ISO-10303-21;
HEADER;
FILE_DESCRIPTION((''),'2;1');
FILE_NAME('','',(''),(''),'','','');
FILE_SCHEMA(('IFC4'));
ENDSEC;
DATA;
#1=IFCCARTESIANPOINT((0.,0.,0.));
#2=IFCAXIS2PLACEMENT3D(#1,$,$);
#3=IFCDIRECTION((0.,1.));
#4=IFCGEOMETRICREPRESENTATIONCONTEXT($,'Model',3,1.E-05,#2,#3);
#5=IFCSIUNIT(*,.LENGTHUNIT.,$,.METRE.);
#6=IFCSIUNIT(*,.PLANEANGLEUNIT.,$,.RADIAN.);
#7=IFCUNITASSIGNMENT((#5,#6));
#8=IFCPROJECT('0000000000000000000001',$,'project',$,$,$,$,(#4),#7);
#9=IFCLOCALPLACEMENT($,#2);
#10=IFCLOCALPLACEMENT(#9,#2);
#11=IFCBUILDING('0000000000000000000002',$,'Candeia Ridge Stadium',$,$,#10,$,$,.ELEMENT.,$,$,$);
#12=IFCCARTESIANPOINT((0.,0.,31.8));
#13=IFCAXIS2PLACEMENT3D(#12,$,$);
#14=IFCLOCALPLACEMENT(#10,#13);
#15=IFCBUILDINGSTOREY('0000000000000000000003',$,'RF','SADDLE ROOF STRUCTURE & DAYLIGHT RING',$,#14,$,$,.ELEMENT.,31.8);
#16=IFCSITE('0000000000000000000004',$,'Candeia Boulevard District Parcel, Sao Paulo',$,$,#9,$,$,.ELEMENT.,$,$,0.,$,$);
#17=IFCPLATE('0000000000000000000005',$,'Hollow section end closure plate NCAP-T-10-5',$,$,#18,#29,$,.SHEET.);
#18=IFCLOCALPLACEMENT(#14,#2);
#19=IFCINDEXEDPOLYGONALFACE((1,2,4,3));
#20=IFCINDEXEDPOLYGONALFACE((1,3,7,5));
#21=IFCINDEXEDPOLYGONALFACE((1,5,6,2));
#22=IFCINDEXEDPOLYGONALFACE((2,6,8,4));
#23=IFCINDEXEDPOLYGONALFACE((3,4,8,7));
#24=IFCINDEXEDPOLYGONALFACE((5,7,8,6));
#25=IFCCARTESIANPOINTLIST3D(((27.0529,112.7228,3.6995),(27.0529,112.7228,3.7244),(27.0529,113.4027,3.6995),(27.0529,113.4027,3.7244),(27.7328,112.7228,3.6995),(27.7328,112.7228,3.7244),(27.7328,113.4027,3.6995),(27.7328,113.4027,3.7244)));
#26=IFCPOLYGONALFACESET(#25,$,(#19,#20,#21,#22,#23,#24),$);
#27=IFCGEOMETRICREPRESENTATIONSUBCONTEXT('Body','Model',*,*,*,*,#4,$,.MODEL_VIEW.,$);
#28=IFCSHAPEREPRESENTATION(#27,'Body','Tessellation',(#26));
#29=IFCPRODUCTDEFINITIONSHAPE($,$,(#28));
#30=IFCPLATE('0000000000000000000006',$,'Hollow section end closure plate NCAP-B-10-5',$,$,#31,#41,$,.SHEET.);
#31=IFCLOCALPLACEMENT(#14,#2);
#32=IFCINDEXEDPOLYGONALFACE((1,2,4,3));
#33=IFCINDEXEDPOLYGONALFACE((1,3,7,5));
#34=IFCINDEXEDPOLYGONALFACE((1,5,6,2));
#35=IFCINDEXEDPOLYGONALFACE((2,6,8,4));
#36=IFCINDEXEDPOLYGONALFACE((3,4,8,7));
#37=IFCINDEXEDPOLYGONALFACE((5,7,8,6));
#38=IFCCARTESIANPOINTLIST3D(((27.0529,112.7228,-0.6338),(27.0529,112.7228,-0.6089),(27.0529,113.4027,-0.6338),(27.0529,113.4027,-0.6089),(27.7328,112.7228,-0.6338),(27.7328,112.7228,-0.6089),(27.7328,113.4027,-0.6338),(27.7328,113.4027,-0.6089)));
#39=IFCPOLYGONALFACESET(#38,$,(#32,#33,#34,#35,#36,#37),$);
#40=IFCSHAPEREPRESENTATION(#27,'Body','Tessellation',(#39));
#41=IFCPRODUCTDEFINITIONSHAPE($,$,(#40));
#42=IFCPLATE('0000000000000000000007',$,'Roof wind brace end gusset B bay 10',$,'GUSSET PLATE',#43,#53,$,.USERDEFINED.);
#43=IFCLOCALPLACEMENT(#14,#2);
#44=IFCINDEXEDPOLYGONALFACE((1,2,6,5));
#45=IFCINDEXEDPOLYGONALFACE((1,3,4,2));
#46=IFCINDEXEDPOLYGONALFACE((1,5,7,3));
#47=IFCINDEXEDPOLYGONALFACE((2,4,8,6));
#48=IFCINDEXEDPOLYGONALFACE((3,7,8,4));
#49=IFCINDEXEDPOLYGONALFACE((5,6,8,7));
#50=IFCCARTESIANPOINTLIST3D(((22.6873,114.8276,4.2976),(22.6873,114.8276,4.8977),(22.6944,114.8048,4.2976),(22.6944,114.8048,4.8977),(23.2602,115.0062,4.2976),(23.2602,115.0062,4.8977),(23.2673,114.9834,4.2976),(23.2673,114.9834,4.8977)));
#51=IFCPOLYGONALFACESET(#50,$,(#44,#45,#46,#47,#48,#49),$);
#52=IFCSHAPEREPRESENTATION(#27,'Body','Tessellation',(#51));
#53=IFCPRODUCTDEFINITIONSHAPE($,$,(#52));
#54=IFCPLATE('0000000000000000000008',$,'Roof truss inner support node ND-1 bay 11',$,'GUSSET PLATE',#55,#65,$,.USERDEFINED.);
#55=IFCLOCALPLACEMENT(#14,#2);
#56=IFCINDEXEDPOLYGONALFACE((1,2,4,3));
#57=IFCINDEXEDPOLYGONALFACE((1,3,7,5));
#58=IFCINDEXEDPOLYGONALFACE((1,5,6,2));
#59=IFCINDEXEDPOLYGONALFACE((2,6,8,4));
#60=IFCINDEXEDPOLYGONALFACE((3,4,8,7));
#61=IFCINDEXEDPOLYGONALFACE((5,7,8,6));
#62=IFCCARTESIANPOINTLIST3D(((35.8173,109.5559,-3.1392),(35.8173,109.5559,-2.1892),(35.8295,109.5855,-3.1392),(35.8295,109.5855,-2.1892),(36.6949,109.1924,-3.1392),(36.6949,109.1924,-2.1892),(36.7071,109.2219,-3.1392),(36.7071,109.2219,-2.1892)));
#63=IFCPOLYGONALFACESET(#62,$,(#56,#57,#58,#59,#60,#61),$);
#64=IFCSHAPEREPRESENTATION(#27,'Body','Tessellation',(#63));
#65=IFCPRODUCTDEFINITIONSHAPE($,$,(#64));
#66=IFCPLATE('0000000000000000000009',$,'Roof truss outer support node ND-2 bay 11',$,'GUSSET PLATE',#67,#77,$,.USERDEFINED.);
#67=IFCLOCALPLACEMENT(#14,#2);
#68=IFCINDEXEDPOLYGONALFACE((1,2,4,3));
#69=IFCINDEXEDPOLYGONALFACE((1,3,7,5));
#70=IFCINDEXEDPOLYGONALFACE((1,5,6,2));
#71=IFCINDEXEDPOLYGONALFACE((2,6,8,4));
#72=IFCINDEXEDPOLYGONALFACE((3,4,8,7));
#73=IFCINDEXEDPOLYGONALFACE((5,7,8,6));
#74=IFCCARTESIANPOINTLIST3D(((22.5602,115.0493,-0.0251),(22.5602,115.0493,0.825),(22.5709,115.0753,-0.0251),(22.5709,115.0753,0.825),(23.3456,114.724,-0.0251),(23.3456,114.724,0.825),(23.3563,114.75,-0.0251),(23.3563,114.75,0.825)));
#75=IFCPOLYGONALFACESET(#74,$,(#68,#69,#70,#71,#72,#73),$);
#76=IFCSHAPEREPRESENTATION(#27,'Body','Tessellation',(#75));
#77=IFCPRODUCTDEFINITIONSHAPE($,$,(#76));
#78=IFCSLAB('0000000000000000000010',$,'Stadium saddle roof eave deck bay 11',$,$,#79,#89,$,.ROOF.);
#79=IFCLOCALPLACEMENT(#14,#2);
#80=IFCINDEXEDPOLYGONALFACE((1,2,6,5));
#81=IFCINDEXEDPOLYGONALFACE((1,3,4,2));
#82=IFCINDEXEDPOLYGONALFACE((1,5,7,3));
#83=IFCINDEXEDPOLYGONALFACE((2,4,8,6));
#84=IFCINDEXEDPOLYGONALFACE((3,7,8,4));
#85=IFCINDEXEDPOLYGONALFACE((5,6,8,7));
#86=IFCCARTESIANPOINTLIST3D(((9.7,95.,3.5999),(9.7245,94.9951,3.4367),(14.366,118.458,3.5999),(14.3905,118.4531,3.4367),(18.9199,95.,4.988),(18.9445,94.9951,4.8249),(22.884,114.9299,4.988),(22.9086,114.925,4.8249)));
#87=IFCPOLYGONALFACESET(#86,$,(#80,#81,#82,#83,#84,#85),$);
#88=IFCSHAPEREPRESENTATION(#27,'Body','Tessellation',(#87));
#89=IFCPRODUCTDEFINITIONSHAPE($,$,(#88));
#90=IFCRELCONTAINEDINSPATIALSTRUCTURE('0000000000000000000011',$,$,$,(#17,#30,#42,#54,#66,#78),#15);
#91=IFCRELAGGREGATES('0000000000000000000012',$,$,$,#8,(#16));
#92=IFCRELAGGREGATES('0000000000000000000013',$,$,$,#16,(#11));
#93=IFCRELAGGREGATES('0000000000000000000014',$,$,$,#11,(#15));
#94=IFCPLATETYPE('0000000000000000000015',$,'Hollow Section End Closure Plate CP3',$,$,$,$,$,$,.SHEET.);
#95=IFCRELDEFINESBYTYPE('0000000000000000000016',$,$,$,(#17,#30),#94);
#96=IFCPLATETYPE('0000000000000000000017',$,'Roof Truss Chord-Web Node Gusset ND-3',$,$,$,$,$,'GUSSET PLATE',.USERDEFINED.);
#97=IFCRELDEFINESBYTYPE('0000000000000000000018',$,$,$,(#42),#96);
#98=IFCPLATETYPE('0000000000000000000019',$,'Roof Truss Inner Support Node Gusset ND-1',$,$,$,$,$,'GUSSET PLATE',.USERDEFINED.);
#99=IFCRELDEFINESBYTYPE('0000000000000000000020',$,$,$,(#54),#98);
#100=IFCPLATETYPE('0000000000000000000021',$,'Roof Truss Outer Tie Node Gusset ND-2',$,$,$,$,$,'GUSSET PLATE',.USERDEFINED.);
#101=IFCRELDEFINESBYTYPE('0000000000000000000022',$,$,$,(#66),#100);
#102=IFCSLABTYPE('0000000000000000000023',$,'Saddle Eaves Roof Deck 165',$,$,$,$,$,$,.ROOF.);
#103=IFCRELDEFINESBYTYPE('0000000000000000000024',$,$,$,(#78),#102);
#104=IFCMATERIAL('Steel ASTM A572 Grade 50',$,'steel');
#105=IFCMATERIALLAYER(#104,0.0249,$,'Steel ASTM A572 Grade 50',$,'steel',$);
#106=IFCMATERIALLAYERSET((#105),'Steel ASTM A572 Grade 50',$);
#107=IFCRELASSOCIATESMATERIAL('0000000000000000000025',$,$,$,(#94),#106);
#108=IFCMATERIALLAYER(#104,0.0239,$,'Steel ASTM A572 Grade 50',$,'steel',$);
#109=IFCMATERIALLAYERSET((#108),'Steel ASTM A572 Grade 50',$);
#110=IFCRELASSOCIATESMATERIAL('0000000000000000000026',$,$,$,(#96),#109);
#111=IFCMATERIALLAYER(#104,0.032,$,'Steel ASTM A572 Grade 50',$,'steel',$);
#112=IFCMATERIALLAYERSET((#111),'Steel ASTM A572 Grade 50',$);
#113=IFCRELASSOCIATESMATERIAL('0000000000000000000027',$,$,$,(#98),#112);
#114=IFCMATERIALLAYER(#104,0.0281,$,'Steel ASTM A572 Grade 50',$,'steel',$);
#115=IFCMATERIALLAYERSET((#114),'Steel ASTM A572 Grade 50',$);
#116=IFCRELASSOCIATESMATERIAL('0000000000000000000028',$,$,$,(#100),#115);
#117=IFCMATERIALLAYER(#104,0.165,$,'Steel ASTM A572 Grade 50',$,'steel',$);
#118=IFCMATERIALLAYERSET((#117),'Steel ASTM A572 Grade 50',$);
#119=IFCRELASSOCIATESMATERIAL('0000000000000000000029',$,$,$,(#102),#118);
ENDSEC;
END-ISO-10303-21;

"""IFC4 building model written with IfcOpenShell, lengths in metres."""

from ifc_helpers import new_model, si_unit, direction, frame, origin, origin_2d, place, context, subcontext, project, spatial, polyline, rectangle, outline, extrude, material, layer, layer_set, type_object, element, save


model = new_model("IFC4")

# Units and contexts
model_context = context("Model", 3, precision=1e-05, world=origin(), true_north=direction((0.0, 1.0)))
body_context = subcontext(model_context, "Body", "Model", "MODEL_VIEW")
ifc_project = project(units=[si_unit("LENGTHUNIT", "METRE"), si_unit("PLANEANGLEUNIT", "RADIAN")], contexts=[model_context])

# Site, building, storey
site_placement = place(None, origin())
site = spatial("IfcSite", under=ifc_project, at=site_placement, Name="Candeia Boulevard District Parcel, Sao Paulo", CompositionType="ELEMENT", RefElevation=0.0)
building_placement = place(site_placement, origin())
building = spatial("IfcBuilding", under=site, at=building_placement, Name="Candeia Ridge Stadium", CompositionType="ELEMENT")
storey_placement = place(building_placement, frame((0.0, 0.0, 31.8)))
storey = spatial("IfcBuildingStorey", under=building, at=storey_placement, Name="RF", Description="SADDLE ROOF STRUCTURE & DAYLIGHT RING", CompositionType="ELEMENT", Elevation=31.8)

# Shared definitions
ifc_material_1 = material(Name="Steel ASTM A572 Grade 50", Category="steel")

# Plates
ifc_layer_1 = layer(ifc_material_1, 0.0249, Name="Steel ASTM A572 Grade 50", Category="steel")
ifc_layer_set_1 = layer_set([ifc_layer_1], Name="Steel ASTM A572 Grade 50")
plate_type_1 = type_object("IfcPlateType", Name="Hollow Section End Closure Plate CP3", PredefinedType="SHEET", material=ifc_layer_set_1)
for number, where, z_axis, x_axis, name in (
    (1, (27.3928, 113.0627, 3.6995), (0.0, 0.0, 1.0), (1.0, 0.0, 0.0), "Hollow section end closure plate NCAP-T-10-5"),
    (2, (27.3928, 113.0627, -0.6338), (0.0, 0.0, 1.0), (1.0, 0.0, 0.0), "Hollow section end closure plate NCAP-B-10-5"),
):
    element("IfcPlate", number, at=place(storey_placement, frame(where, z_axis=z_axis, x_axis=x_axis)), inside=storey, type_object=plate_type_1, Name=name, PredefinedType="SHEET", context=body_context, shape_type="SweptSolid", body=[
        extrude(rectangle(XDim=0.6799, YDim=0.6799, at=origin_2d()), origin(), (0.0, 0.0, 1.0), 0.0249),
    ])
ifc_layer_2 = layer(ifc_material_1, 0.0239, Name="Steel ASTM A572 Grade 50", Category="steel")
ifc_layer_set_2 = layer_set([ifc_layer_2], Name="Steel ASTM A572 Grade 50")
plate_type_2 = type_object("IfcPlateType", Name="Roof Truss Chord-Web Node Gusset ND-3", ElementType="GUSSET PLATE", PredefinedType="USERDEFINED", material=ifc_layer_set_2)
plate_1_placement = place(storey_placement, frame((22.9773, 114.9055, 4.2976), z_axis=(0.0, 0.0, 1.0), x_axis=(-0.954693, -0.297591, 0.0)))
element("IfcPlate", 3, at=plate_1_placement, inside=storey, type_object=plate_type_2, Name="Roof wind brace end gusset B bay 10", ObjectType="GUSSET PLATE", PredefinedType="USERDEFINED", context=body_context, shape_type="SweptSolid", body=[
    extrude(rectangle(XDim=0.6001, YDim=0.0239, at=origin_2d()), origin(), (0.0, 0.0, 1.0), 0.6001),
])
ifc_layer_3 = layer(ifc_material_1, 0.032, Name="Steel ASTM A572 Grade 50", Category="steel")
ifc_layer_set_3 = layer_set([ifc_layer_3], Name="Steel ASTM A572 Grade 50")
plate_type_3 = type_object("IfcPlateType", Name="Roof Truss Inner Support Node Gusset ND-1", ElementType="GUSSET PLATE", PredefinedType="USERDEFINED", material=ifc_layer_set_3)
plate_2_placement = place(storey_placement, frame((36.2622, 109.3889, -3.1392), z_axis=(0.0, 0.0, 1.0), x_axis=(-0.92388, 0.382683, 0.0)))
element("IfcPlate", 4, at=plate_2_placement, inside=storey, type_object=plate_type_3, Name="Roof truss inner support node ND-1 bay 11", ObjectType="GUSSET PLATE", PredefinedType="USERDEFINED", context=body_context, shape_type="SweptSolid", body=[
    extrude(rectangle(XDim=0.95, YDim=0.032, at=origin_2d()), origin(), (0.0, 0.0, 1.0), 0.95),
])
ifc_layer_4 = layer(ifc_material_1, 0.0281, Name="Steel ASTM A572 Grade 50", Category="steel")
ifc_layer_set_4 = layer_set([ifc_layer_4], Name="Steel ASTM A572 Grade 50")
plate_type_4 = type_object("IfcPlateType", Name="Roof Truss Outer Tie Node Gusset ND-2", ElementType="GUSSET PLATE", PredefinedType="USERDEFINED", material=ifc_layer_set_4)
plate_3_placement = place(storey_placement, frame((22.9583, 114.8997, -0.0251), z_axis=(0.0, 0.0, 1.0), x_axis=(-0.92388, 0.382683, 0.0)))
element("IfcPlate", 5, at=plate_3_placement, inside=storey, type_object=plate_type_4, Name="Roof truss outer support node ND-2 bay 11", ObjectType="GUSSET PLATE", PredefinedType="USERDEFINED", context=body_context, shape_type="SweptSolid", body=[
    extrude(rectangle(XDim=0.8501, YDim=0.0281, at=origin_2d()), origin(), (0.0, 0.0, 1.0), 0.8501),
])

# Slab
ifc_layer_5 = layer(ifc_material_1, 0.165, Name="Steel ASTM A572 Grade 50", Category="steel")
ifc_layer_set_5 = layer_set([ifc_layer_5], Name="Steel ASTM A572 Grade 50")
slab_type = type_object("IfcSlabType", Name="Saddle Eaves Roof Deck 165", PredefinedType="ROOF", material=ifc_layer_set_5)
slab_placement = place(storey_placement, frame((22.884, 114.9299, 4.988), z_axis=(-0.148821, 0.029601, 0.988421), x_axis=(-0.195081, -0.980787, 0.000001)))
element("IfcSlab", 6, at=slab_placement, inside=storey, type_object=slab_type, Name="Stadium saddle roof eave deck bay 11", PredefinedType="ROOF", context=body_context, shape_type="SweptSolid", body=[
    extrude(outline(polyline([(0.0, 0.0), (20.3203, 0.0), (22.119, -9.1488), (-1.7986, -9.1486), (0.0, 0.0)])), origin(), (0.0, 0.0, -1.0), 0.165),
])

save(model, "model.ifc")
